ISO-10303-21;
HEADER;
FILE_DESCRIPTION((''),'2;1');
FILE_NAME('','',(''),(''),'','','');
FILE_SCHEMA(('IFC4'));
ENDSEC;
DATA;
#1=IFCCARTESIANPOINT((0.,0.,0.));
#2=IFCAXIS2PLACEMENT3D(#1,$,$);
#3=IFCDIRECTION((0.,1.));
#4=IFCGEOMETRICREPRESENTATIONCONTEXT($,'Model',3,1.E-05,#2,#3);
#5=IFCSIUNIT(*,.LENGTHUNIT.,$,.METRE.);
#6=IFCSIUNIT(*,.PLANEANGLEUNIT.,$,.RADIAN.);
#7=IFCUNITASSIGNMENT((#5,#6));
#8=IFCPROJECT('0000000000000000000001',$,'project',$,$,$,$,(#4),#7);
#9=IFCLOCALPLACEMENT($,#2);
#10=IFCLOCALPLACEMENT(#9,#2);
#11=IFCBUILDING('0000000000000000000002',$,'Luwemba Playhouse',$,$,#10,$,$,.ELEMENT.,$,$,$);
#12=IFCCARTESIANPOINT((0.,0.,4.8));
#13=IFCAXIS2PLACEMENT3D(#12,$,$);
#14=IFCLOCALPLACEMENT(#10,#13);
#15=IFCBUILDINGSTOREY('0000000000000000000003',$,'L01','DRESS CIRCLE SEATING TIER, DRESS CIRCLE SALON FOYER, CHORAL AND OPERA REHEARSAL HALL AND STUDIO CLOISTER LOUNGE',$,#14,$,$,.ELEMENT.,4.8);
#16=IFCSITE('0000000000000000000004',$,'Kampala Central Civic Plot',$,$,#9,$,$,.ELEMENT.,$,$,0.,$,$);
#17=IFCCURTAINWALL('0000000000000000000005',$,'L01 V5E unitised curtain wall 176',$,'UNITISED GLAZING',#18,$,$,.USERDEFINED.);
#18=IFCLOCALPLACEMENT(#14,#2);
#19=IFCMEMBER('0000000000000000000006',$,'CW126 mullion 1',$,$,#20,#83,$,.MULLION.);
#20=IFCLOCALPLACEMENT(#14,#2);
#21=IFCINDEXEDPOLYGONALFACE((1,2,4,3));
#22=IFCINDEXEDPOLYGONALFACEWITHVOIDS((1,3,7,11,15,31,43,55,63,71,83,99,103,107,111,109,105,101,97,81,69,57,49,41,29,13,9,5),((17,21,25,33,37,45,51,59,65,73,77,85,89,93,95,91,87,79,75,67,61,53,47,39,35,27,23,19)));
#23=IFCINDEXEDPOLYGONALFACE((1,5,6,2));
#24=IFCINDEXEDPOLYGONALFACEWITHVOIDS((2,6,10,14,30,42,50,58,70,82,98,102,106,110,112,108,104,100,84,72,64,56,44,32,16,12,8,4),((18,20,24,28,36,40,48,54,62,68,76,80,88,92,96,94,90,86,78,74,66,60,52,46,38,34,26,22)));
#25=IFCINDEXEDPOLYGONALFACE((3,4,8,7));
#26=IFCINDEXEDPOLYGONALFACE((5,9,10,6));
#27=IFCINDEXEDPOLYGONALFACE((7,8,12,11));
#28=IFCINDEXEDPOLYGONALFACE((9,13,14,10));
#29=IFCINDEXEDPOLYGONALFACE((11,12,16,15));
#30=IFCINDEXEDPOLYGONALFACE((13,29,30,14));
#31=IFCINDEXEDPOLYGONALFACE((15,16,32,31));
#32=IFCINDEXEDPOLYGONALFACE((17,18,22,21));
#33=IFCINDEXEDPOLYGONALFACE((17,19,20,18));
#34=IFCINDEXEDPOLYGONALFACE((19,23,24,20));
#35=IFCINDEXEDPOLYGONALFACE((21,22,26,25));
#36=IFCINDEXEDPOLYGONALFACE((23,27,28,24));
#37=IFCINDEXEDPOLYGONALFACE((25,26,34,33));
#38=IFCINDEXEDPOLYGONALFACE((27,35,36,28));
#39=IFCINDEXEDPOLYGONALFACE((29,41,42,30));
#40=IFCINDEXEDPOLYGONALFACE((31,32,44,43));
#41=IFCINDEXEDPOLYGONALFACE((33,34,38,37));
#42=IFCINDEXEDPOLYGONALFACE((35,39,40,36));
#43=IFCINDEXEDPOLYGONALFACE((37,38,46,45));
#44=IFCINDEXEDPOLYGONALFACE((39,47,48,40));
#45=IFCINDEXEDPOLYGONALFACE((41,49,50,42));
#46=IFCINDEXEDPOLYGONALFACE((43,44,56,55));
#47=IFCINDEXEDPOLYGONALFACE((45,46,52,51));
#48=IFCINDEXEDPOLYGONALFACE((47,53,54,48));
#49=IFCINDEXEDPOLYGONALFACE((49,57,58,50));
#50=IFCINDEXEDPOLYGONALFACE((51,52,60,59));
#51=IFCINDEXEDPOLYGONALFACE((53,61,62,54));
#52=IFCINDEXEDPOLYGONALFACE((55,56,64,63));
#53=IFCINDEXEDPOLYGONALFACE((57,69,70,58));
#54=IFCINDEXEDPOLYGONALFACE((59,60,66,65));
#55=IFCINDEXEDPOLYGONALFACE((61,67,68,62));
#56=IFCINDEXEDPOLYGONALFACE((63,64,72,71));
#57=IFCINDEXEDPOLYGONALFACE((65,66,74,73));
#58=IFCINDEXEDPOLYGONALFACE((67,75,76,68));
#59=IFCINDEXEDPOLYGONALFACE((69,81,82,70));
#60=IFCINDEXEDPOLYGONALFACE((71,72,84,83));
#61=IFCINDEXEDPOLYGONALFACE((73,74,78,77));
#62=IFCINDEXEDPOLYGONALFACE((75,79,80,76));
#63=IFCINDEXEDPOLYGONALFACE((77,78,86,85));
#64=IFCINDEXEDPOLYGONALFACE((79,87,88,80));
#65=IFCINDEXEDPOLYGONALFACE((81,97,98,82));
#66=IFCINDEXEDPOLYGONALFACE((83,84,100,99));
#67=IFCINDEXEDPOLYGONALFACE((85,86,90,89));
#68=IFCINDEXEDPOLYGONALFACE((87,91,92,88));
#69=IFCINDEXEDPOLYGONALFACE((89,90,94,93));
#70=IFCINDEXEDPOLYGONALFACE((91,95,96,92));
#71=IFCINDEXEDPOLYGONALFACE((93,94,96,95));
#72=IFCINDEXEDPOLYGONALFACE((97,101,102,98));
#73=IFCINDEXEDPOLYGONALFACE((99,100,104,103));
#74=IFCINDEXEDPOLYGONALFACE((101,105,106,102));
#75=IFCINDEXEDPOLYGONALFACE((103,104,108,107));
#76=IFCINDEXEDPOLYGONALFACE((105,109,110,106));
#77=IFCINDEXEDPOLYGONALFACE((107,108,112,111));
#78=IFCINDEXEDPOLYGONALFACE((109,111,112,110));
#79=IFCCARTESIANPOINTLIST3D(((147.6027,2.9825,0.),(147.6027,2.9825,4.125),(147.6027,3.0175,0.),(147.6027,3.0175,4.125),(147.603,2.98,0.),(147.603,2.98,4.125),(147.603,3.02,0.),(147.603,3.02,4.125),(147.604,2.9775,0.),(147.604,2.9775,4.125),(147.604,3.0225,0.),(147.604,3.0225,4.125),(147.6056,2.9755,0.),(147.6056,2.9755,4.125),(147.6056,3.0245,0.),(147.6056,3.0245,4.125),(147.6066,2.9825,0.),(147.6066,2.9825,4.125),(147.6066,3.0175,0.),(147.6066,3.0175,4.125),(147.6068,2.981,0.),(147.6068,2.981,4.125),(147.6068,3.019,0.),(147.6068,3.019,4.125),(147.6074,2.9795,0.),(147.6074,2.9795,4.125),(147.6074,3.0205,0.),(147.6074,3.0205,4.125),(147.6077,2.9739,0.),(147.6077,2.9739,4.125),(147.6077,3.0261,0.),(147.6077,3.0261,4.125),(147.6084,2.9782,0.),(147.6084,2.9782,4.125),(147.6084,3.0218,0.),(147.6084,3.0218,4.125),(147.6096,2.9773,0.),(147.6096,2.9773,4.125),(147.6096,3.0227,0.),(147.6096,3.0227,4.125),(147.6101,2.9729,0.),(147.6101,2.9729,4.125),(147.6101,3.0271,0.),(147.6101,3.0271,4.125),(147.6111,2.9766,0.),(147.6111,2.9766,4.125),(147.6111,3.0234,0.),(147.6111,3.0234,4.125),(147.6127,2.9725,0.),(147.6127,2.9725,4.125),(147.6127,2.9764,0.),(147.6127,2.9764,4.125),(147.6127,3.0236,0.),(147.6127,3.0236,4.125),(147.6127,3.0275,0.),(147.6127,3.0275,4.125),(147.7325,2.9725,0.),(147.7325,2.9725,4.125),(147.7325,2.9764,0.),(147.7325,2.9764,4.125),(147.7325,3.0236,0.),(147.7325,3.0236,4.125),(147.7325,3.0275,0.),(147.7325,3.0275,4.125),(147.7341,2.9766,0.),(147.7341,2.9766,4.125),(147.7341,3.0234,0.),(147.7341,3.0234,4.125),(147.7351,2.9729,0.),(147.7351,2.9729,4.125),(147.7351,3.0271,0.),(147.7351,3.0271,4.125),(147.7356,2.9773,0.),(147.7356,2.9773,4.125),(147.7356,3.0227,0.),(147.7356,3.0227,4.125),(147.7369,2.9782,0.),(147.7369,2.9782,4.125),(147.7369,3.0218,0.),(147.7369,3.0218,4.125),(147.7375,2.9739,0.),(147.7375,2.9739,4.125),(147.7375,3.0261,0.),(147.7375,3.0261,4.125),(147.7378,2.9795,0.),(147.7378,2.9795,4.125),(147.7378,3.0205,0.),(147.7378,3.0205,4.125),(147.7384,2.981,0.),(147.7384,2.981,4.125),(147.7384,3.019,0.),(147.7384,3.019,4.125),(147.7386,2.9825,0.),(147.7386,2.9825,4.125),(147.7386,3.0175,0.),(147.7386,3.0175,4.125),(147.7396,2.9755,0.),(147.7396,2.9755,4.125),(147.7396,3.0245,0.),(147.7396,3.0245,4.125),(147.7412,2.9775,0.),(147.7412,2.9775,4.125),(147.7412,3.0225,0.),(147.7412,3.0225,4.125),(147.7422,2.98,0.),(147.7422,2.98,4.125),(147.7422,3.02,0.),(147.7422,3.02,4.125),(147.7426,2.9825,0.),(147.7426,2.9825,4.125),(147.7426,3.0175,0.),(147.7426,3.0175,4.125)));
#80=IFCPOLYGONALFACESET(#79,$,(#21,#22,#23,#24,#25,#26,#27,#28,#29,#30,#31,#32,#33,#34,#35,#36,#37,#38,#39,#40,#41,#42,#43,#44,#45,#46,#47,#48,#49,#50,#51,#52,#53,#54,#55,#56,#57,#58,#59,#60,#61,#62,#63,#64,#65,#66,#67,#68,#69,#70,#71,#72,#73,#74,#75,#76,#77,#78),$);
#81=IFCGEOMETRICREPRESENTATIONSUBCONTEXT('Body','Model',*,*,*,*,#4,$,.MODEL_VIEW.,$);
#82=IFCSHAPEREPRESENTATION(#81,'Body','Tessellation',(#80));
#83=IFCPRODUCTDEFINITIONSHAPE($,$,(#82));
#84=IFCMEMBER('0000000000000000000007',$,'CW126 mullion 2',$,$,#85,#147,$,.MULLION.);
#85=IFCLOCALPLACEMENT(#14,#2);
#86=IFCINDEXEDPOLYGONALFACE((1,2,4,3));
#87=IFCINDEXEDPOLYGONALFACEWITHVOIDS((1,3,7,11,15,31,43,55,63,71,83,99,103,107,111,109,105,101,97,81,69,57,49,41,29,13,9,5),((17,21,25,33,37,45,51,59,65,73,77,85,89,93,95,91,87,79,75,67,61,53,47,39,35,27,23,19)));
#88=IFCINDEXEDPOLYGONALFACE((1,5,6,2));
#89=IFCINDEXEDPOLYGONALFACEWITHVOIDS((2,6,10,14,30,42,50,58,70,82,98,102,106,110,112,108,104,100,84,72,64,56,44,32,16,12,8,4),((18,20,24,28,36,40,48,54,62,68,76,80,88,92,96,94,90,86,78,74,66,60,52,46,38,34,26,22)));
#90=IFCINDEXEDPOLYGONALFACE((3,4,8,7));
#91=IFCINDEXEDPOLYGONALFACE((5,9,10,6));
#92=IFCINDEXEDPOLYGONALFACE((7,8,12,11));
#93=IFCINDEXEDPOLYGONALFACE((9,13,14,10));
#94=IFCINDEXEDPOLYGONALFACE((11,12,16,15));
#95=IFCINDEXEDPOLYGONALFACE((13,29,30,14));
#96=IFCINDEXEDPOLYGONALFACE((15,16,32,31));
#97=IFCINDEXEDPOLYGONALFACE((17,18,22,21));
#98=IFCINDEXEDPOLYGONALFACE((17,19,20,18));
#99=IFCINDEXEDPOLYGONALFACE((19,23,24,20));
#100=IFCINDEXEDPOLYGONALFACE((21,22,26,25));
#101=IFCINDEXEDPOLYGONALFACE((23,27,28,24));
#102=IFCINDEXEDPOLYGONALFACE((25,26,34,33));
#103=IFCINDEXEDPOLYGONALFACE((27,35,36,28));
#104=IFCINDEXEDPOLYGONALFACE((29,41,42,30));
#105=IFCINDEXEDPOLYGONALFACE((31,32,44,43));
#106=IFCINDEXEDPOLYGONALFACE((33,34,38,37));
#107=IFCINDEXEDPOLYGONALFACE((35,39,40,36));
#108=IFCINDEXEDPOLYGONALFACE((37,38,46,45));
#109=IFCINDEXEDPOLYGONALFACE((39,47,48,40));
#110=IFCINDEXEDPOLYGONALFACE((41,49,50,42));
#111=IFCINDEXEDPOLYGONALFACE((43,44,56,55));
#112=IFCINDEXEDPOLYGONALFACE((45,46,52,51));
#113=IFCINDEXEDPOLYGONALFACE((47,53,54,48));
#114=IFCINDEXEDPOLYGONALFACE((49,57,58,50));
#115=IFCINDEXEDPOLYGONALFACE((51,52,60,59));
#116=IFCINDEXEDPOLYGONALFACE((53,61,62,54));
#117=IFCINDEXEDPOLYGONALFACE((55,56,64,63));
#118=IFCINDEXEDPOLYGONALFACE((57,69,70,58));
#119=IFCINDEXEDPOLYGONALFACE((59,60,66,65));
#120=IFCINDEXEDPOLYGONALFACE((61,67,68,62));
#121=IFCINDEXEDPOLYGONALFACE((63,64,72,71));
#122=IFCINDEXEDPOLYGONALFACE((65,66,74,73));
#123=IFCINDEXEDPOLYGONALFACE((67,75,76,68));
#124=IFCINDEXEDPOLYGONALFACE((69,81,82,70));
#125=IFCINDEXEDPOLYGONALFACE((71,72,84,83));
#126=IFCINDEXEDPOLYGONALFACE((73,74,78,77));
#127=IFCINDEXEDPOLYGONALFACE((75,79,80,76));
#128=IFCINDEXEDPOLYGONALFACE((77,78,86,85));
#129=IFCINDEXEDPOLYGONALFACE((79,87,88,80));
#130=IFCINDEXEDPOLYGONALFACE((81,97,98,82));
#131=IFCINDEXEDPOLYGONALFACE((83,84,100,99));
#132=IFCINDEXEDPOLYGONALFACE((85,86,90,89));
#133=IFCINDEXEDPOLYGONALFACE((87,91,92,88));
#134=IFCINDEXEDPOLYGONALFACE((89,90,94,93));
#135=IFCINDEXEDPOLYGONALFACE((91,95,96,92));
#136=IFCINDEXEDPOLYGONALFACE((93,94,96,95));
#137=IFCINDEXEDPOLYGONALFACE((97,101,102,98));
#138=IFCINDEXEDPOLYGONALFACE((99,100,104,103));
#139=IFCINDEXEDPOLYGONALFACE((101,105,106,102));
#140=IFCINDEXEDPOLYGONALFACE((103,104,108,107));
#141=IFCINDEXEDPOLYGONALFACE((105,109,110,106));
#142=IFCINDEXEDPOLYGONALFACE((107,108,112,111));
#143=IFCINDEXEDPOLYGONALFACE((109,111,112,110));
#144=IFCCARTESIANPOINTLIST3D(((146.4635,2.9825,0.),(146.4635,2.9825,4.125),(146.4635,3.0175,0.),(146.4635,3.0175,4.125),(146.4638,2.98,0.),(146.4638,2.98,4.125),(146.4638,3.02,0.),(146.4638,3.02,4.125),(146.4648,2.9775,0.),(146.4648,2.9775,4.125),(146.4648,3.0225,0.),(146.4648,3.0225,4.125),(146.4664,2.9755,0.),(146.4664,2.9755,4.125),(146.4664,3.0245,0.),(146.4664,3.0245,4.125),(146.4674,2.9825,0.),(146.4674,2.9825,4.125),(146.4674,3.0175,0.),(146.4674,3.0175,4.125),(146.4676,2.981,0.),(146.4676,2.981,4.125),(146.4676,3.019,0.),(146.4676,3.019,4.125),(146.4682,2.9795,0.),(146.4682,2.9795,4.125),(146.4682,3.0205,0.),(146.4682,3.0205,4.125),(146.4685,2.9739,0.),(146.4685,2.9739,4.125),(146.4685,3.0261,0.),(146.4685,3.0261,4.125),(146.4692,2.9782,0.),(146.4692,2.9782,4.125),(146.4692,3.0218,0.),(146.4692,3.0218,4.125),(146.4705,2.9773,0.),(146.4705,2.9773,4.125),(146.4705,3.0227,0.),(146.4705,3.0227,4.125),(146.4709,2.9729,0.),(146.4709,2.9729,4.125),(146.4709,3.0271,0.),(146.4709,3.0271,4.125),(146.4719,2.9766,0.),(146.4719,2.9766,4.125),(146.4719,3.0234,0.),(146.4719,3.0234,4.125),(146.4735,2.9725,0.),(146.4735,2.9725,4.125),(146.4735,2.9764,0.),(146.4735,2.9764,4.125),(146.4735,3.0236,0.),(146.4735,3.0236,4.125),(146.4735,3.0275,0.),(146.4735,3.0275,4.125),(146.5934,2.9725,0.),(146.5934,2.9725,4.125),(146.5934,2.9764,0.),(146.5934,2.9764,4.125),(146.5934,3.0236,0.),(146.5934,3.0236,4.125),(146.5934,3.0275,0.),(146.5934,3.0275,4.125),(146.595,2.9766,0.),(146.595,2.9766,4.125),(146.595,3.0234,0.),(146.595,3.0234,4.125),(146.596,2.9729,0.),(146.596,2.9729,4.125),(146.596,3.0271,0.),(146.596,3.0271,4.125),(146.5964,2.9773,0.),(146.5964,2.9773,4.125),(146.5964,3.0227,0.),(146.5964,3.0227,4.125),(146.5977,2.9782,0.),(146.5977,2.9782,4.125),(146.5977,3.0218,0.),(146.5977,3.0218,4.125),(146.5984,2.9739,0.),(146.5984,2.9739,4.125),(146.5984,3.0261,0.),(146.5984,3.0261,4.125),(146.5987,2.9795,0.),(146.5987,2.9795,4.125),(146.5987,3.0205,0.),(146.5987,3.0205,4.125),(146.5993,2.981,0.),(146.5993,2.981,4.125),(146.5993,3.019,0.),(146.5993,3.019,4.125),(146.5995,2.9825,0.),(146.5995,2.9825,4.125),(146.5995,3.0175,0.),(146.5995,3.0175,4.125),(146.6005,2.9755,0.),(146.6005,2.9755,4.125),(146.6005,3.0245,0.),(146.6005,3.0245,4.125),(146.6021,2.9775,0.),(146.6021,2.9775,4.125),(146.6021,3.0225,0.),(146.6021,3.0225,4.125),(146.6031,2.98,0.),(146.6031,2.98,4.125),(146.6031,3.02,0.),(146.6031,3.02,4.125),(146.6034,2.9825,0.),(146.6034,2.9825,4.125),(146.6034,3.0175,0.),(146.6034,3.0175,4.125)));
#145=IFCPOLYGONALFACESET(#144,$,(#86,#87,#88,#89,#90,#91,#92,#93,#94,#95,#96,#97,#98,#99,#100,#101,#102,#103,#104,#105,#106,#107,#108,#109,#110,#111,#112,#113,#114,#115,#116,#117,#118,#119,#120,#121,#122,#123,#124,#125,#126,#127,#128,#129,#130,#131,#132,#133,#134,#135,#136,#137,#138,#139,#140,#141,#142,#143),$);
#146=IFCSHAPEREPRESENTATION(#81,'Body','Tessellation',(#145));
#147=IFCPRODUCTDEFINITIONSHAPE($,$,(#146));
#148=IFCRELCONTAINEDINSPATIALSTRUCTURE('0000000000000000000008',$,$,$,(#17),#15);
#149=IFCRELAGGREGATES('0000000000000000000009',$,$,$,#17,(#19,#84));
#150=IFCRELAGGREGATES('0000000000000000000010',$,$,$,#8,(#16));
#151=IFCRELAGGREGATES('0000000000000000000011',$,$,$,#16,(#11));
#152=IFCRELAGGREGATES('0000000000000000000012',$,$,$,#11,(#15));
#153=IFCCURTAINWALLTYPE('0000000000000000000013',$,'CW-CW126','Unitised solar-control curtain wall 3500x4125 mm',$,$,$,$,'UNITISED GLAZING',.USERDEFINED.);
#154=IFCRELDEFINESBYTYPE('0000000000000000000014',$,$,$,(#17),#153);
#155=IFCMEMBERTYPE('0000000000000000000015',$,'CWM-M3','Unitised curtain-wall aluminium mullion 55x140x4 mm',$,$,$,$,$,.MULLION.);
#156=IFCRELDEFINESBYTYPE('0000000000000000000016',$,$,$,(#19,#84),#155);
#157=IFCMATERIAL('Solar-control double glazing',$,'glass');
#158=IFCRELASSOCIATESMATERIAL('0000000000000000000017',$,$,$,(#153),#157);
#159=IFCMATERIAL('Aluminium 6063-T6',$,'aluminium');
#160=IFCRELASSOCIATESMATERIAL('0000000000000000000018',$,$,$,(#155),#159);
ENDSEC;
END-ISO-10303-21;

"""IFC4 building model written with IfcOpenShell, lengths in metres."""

from ifc_helpers import new_model, si_unit, direction, frame, origin, origin_2d, place, context, subcontext, project, spatial, hollow_rectangle, extrude, material, material_profile, profile_set, type_object, element, aggregate, save


model = new_model("IFC4")

# Units and contexts
model_context = context("Model", 3, precision=1e-05, world=origin(), true_north=direction((0.0, 1.0)))
body_context = subcontext(model_context, "Body", "Model", "MODEL_VIEW")
ifc_project = project(units=[si_unit("LENGTHUNIT", "METRE"), si_unit("PLANEANGLEUNIT", "RADIAN")], contexts=[model_context])

# Site, building, storey
site_placement = place(None, origin())
site = spatial("IfcSite", under=ifc_project, at=site_placement, Name="Kampala Central Civic Plot", CompositionType="ELEMENT", RefElevation=0.0)
building_placement = place(site_placement, origin())
building = spatial("IfcBuilding", under=site, at=building_placement, Name="Luwemba Playhouse", CompositionType="ELEMENT")
storey_placement = place(building_placement, frame((0.0, 0.0, 4.8)))
storey = spatial("IfcBuildingStorey", under=building, at=storey_placement, Name="L01", Description="DRESS CIRCLE SEATING TIER, DRESS CIRCLE SALON FOYER, CHORAL AND OPERA REHEARSAL HALL AND STUDIO CLOISTER LOUNGE", CompositionType="ELEMENT", Elevation=4.8)

# Curtain wall, members
ifc_material_1 = material(Name="Solar-control double glazing", Category="glass")
curtain_wall_type = type_object("IfcCurtainWallType", Name="CW-CW126", Description="Unitised solar-control curtain wall 3500x4125 mm", ElementType="UNITISED GLAZING", PredefinedType="USERDEFINED", material=ifc_material_1)
curtain_wall_placement = place(storey_placement, origin())
curtain_wall = element("IfcCurtainWall", 1, at=curtain_wall_placement, inside=storey, type_object=curtain_wall_type, Name="L01 V5E unitised curtain wall 176", ObjectType="UNITISED GLAZING", PredefinedType="USERDEFINED")
ifc_material_2 = material(Name="Aluminium 6063-T6", Category="aluminium")
ifc_material_profile_1 = material_profile(ifc_material_2, hollow_rectangle(XDim=0.0549, YDim=0.1399, WallThickness=0.0039, InnerFilletRadius=0.0061, OuterFilletRadius=0.01, at=origin_2d()))
ifc_profile_set_1 = profile_set([ifc_material_profile_1], Name="Aluminium 6063-T6")
member_type_1 = type_object("IfcMemberType", Name="CWM-M3", Description="Unitised curtain-wall aluminium mullion 55x140x4 mm", PredefinedType="MULLION", material=ifc_profile_set_1)
member_1_placement = place(storey_placement, frame((147.6726, 3.0, 0.0), z_axis=(0.0, 0.0, 1.0), x_axis=(0.0, -1.0, 0.0)))
member_1 = element("IfcMember", 2, at=member_1_placement, type_object=member_type_1, Name="CW126 mullion 1", PredefinedType="MULLION", context=body_context, shape_type="SweptSolid", body=[
    extrude(hollow_rectangle(XDim=0.0549, YDim=0.1399, WallThickness=0.0039, InnerFilletRadius=0.0061, OuterFilletRadius=0.01, at=origin_2d()), origin(), (0.0, 0.0, 1.0), 4.125),
])
member_2_placement = place(storey_placement, frame((146.5334, 3.0, 0.0), z_axis=(0.0, 0.0, 1.0), x_axis=(0.0, -1.0, 0.0)))
member_2 = element("IfcMember", 3, at=member_2_placement, type_object=member_type_1, Name="CW126 mullion 2", PredefinedType="MULLION", context=body_context, shape_type="SweptSolid", body=[
    extrude(hollow_rectangle(XDim=0.0549, YDim=0.1399, WallThickness=0.0039, InnerFilletRadius=0.0061, OuterFilletRadius=0.01, at=origin_2d()), origin(), (0.0, 0.0, 1.0), 4.125),
])

aggregate(curtain_wall, [member_1, member_2])

save(model, "model.ifc")
